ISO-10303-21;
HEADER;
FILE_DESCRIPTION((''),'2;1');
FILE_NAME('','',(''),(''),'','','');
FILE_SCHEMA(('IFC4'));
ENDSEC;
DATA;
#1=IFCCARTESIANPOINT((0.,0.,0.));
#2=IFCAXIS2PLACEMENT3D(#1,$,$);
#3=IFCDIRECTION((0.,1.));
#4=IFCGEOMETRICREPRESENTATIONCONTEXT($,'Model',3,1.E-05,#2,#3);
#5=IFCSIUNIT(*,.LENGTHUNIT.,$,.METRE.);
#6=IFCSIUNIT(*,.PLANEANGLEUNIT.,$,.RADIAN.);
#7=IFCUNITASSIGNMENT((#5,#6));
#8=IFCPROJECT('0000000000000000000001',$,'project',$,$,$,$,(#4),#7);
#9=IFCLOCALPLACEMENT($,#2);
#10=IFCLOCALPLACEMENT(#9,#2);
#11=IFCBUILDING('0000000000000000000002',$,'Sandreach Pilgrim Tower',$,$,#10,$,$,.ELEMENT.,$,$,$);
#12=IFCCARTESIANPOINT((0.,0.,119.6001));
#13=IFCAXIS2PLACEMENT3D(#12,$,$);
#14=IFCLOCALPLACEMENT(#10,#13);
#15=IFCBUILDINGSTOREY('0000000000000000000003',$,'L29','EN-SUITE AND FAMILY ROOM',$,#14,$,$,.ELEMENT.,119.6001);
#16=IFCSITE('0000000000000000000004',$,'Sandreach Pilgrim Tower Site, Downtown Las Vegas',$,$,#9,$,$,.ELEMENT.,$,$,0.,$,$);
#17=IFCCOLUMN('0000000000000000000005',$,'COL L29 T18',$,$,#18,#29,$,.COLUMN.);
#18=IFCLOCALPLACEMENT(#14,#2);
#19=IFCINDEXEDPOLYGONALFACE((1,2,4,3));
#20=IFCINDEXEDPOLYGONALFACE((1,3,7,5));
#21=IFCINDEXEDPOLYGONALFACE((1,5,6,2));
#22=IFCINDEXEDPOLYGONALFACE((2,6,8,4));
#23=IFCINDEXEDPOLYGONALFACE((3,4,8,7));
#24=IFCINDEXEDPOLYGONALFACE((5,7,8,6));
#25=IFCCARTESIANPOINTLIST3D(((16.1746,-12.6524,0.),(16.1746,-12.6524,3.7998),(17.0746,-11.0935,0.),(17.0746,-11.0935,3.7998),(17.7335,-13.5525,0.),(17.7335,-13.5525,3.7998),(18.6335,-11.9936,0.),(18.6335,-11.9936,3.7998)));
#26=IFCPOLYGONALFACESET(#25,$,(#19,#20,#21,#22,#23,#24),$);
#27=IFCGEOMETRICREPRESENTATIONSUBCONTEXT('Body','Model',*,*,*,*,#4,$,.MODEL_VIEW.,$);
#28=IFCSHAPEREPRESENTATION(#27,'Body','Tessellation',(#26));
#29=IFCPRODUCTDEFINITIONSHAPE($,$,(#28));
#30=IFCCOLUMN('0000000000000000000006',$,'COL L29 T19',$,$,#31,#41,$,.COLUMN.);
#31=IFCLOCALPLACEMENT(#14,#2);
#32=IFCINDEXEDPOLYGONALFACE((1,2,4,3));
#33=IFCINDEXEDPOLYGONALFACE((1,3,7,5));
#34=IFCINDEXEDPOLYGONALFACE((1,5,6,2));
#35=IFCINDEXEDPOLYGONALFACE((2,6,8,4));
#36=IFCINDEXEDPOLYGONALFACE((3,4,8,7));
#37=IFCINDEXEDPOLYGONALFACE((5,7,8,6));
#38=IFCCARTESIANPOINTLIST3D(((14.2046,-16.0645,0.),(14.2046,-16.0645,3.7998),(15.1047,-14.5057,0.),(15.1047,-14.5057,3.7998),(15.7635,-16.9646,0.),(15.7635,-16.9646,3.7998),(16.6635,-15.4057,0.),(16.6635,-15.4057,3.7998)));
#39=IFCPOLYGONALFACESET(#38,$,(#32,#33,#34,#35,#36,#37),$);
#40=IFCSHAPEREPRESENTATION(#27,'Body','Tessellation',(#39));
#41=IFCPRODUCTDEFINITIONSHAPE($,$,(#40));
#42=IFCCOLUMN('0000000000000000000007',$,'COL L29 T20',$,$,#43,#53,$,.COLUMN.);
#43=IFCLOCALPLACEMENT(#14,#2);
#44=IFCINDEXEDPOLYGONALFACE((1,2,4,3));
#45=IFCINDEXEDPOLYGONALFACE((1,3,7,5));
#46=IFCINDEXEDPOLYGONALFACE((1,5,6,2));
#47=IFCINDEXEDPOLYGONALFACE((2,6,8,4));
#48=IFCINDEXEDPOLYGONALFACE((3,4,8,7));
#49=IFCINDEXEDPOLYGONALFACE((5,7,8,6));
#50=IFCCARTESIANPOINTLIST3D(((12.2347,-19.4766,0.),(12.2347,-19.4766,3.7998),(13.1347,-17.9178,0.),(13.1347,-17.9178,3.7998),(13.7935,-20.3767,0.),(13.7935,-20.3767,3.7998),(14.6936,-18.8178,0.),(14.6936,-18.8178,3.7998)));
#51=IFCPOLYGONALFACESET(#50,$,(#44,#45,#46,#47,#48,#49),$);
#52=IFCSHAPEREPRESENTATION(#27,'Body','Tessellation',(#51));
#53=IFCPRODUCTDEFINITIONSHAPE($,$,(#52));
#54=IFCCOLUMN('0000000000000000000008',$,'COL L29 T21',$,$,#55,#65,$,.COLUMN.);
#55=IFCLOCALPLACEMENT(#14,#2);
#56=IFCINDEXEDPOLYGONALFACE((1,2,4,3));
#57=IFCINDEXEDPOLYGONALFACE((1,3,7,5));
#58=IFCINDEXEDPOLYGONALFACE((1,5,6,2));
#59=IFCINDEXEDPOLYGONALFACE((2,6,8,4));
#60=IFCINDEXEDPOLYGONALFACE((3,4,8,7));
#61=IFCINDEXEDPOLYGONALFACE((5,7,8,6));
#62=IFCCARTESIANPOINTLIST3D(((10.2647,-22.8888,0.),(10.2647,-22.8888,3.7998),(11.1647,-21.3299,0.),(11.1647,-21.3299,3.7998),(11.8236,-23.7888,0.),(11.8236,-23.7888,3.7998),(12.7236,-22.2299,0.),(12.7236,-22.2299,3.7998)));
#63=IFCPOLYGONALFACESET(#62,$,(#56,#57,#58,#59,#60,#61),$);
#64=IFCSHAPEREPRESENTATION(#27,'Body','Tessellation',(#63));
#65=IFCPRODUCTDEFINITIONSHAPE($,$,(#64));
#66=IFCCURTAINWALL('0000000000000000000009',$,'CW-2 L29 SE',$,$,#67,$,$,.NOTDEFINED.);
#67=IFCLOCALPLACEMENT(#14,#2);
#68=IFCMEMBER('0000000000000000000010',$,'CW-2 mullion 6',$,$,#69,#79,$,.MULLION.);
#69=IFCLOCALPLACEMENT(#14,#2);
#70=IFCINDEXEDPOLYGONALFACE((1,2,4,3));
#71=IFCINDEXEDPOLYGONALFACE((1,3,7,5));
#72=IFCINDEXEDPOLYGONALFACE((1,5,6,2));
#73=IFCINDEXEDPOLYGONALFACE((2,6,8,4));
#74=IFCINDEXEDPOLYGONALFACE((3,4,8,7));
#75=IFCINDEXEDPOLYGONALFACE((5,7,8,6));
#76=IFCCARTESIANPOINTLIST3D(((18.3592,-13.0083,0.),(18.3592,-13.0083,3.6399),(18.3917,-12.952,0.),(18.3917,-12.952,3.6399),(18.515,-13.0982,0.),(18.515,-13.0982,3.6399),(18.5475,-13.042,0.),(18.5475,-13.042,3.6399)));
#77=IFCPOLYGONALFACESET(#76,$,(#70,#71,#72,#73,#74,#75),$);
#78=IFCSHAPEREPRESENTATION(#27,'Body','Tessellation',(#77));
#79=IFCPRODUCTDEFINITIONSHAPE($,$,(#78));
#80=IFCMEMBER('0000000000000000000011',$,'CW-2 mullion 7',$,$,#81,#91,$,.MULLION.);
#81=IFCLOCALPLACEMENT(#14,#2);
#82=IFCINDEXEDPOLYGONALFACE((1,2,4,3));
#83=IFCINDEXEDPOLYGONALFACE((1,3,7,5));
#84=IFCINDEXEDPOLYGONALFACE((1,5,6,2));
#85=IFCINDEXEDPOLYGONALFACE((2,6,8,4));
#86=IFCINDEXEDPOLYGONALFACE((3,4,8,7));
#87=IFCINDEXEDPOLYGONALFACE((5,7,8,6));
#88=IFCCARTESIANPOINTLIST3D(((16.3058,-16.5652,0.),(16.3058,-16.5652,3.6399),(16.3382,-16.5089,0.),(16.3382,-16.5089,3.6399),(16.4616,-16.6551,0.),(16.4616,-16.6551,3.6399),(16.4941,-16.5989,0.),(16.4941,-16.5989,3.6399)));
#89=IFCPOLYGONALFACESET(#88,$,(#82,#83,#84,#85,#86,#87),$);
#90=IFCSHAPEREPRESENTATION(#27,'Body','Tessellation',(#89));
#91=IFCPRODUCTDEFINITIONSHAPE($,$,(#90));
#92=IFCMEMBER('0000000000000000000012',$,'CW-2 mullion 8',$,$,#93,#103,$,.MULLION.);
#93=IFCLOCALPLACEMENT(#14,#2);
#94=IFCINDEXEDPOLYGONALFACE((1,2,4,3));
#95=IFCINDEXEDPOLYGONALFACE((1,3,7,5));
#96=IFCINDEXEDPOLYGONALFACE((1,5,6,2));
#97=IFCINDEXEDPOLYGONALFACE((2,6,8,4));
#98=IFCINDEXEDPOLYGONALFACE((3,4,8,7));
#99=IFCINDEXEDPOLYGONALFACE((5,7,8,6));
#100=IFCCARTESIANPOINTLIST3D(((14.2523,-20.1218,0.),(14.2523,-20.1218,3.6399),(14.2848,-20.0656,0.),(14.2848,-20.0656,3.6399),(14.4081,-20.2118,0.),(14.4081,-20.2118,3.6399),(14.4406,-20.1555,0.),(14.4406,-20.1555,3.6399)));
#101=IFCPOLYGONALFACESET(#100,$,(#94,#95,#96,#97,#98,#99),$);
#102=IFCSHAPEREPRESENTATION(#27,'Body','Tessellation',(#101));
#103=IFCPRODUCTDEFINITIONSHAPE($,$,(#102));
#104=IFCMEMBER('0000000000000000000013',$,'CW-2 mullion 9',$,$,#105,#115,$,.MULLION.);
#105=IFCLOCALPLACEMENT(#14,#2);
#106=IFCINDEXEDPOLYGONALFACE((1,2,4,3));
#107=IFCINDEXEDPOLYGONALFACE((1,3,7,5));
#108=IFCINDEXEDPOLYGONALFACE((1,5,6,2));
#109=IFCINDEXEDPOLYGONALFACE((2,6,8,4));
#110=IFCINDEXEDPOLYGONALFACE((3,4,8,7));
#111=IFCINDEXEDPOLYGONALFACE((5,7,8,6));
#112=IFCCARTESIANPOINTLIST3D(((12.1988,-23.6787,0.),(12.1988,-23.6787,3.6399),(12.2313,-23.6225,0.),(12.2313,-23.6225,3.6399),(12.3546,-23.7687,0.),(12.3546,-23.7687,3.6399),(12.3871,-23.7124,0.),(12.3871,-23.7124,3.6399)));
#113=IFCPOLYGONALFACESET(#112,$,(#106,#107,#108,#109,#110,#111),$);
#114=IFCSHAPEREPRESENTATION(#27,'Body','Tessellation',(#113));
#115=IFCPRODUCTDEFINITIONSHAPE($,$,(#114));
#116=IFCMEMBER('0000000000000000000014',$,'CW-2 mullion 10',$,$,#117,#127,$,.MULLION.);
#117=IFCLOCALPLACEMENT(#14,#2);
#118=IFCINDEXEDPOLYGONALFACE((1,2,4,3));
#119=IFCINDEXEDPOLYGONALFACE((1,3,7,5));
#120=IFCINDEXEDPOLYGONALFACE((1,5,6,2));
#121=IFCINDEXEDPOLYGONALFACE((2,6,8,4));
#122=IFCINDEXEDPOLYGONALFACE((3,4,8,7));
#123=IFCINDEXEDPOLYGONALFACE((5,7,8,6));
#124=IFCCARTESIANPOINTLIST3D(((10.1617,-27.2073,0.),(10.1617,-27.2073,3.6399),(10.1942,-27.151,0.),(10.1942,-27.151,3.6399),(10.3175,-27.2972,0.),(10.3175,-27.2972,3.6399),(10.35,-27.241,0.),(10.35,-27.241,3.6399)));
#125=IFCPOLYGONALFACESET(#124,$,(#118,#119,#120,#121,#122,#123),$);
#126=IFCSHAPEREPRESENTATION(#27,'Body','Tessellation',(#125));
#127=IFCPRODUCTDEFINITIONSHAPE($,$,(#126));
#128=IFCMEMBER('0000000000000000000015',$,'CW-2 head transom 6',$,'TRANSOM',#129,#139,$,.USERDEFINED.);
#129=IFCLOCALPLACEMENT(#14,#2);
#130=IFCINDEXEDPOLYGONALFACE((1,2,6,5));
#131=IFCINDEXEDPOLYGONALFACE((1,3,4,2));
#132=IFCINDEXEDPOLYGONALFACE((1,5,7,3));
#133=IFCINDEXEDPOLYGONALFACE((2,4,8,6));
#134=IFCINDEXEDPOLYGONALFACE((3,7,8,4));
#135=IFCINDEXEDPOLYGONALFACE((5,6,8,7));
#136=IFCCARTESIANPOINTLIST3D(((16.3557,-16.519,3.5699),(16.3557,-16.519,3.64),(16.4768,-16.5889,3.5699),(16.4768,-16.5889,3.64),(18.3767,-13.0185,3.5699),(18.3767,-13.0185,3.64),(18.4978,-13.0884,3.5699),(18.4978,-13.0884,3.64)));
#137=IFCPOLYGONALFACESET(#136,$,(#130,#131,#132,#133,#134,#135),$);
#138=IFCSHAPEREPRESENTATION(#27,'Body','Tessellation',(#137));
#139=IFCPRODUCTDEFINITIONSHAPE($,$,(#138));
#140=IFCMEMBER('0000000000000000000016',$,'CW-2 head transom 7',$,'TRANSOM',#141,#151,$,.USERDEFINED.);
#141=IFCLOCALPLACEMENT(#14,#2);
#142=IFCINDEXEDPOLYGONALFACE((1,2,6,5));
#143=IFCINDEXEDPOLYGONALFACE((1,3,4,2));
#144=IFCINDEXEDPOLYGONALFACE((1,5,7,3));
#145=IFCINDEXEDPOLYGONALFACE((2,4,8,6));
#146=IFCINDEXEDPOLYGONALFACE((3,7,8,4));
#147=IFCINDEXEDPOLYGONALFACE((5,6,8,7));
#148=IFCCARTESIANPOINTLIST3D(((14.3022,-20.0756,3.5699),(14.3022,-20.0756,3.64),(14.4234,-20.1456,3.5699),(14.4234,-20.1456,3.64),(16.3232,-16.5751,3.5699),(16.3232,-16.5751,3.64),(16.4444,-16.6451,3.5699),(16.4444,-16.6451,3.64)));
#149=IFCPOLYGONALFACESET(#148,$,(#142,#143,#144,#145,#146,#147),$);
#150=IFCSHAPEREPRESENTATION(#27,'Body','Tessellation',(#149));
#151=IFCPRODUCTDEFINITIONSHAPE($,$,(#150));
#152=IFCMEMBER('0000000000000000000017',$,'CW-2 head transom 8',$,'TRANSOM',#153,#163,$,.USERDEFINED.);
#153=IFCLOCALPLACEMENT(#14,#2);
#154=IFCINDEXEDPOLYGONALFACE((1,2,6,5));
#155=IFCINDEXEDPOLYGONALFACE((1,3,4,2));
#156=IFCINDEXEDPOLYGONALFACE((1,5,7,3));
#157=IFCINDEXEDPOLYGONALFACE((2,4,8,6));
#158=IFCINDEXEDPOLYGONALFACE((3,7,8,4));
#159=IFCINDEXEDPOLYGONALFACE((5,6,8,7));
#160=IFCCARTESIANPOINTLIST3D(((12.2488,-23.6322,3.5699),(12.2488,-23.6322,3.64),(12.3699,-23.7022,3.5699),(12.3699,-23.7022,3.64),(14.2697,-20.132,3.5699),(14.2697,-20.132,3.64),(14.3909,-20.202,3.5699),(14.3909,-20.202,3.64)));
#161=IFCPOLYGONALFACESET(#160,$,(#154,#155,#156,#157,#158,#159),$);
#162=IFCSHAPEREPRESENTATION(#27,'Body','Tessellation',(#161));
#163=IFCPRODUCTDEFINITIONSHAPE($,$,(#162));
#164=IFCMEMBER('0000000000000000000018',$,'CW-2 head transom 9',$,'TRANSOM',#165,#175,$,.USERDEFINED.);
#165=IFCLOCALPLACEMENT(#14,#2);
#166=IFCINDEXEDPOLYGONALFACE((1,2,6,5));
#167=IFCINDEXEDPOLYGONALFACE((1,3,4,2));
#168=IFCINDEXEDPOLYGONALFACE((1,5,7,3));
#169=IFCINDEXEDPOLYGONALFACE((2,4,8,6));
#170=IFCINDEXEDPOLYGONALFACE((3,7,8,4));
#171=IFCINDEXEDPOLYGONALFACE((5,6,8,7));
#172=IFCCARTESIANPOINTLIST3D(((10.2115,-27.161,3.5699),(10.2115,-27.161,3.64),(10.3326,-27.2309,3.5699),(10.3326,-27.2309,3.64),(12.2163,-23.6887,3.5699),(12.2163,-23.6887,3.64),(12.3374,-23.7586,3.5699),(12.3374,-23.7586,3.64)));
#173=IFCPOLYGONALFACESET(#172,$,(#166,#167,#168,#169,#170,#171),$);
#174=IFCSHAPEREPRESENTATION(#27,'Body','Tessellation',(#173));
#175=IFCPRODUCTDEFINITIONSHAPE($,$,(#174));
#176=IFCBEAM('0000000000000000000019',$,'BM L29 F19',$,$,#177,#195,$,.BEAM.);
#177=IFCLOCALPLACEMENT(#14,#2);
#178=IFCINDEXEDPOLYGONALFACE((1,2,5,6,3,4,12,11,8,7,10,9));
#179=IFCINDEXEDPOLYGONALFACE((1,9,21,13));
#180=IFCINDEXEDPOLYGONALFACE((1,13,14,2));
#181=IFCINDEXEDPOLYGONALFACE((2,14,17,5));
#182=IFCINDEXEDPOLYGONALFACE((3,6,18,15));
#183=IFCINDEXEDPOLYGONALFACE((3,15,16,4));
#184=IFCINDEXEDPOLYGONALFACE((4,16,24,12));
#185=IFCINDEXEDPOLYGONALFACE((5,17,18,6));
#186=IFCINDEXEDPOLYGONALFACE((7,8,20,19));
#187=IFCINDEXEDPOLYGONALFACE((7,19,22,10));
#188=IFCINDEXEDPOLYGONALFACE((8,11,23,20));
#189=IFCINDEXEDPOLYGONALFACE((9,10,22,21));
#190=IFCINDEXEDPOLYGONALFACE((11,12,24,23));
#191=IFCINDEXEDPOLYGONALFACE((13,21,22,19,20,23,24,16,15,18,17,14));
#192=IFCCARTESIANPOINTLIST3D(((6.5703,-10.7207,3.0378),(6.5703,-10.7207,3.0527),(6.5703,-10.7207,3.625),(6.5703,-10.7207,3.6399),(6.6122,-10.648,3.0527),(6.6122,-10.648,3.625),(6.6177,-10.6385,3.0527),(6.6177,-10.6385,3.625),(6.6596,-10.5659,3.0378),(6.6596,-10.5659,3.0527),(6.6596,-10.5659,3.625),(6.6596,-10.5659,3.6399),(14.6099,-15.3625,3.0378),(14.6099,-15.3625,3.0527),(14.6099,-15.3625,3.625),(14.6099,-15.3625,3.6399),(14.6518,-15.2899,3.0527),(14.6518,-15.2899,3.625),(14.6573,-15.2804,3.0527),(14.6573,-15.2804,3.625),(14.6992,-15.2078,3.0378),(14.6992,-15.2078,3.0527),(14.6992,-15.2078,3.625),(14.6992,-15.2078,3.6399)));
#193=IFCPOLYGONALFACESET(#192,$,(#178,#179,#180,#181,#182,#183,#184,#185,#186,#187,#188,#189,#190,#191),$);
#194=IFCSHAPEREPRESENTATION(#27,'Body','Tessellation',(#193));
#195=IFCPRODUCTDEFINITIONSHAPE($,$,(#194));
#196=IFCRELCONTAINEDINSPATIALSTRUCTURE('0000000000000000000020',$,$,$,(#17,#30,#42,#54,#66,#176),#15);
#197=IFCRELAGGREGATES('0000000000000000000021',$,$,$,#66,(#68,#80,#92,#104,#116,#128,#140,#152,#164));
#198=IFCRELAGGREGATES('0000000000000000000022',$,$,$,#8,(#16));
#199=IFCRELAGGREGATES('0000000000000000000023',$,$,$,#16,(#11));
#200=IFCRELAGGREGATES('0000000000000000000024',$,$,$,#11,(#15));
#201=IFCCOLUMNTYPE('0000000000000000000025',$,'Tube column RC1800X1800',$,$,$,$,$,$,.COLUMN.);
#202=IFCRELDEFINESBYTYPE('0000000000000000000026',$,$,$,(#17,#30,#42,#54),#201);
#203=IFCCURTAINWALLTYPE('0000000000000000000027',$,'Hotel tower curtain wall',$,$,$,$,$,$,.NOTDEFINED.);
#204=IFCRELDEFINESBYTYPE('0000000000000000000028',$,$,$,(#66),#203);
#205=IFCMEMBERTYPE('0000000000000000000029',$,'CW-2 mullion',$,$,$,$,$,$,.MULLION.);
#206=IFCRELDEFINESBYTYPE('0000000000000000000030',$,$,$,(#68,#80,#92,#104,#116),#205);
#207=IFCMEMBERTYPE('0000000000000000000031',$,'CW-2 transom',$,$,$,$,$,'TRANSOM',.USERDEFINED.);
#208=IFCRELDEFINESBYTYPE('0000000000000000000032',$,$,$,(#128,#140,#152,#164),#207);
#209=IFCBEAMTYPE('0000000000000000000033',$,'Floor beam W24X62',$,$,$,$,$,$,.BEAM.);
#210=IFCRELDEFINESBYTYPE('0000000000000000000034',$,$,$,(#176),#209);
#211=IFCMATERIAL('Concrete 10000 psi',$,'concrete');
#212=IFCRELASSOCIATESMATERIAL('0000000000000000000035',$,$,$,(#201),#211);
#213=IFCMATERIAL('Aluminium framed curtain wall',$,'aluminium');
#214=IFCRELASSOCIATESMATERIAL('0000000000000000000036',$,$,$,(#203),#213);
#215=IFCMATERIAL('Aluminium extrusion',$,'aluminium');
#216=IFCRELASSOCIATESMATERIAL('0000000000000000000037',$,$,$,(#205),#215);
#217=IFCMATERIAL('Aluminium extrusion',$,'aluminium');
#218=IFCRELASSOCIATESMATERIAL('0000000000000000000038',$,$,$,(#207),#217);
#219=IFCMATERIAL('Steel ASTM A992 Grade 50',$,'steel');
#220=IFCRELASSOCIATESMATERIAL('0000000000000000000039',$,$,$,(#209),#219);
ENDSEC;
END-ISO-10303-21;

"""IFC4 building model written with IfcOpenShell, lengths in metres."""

from ifc_helpers import new_model, si_unit, direction, frame, origin, origin_2d, place, context, subcontext, project, spatial, rectangle, i_section, extrude, material, material_profile, profile_set, type_object, element, aggregate, save


model = new_model("IFC4")

# Units and contexts
model_context = context("Model", 3, precision=1e-05, world=origin(), true_north=direction((0.0, 1.0)))
body_context = subcontext(model_context, "Body", "Model", "MODEL_VIEW")
ifc_project = project(units=[si_unit("LENGTHUNIT", "METRE"), si_unit("PLANEANGLEUNIT", "RADIAN")], contexts=[model_context])

# Site, building, storey
site_placement = place(None, origin())
site = spatial("IfcSite", under=ifc_project, at=site_placement, Name="Sandreach Pilgrim Tower Site, Downtown Las Vegas", CompositionType="ELEMENT", RefElevation=0.0)
building_placement = place(site_placement, origin())
building = spatial("IfcBuilding", under=site, at=building_placement, Name="Sandreach Pilgrim Tower", CompositionType="ELEMENT")
storey_placement = place(building_placement, frame((0.0, 0.0, 119.6001)))
storey = spatial("IfcBuildingStorey", under=building, at=storey_placement, Name="L29", Description="EN-SUITE AND FAMILY ROOM", CompositionType="ELEMENT", Elevation=119.6001)

# Columns
ifc_material_1 = material(Name="Concrete 10000 psi", Category="concrete")
ifc_material_profile_1 = material_profile(ifc_material_1, rectangle(XDim=1.8, YDim=1.8, at=origin_2d()), Name="RC1800X1800")
ifc_profile_set_1 = profile_set([ifc_material_profile_1], Name="Concrete 10000 psi")
column_type = type_object("IfcColumnType", Name="Tube column RC1800X1800", PredefinedType="COLUMN", material=ifc_profile_set_1)
for number, where, z_axis, x_axis, name in (
    (1, (17.4041, -12.323, 0.0), (0.0, 0.0, 1.0), (0.866025, -0.5, 0.0), "COL L29 T18"),
    (2, (15.4341, -15.7351, 0.0), (0.0, 0.0, 1.0), (0.866025, -0.5, 0.0), "COL L29 T19"),
    (3, (13.4641, -19.1472, 0.0), (0.0, 0.0, 1.0), (0.866025, -0.5, 0.0), "COL L29 T20"),
    (4, (11.4941, -22.5593, 0.0), (0.0, 0.0, 1.0), (0.866025, -0.5, 0.0), "COL L29 T21"),
):
    element("IfcColumn", number, at=place(storey_placement, frame(where, z_axis=z_axis, x_axis=x_axis)), inside=storey, type_object=column_type, Name=name, PredefinedType="COLUMN", context=body_context, shape_type="SweptSolid", body=[
        extrude(rectangle(XDim=1.8, YDim=1.8, at=origin_2d()), origin(), (0.0, 0.0, 1.0), 3.7998),
    ])

# Curtain wall, members
ifc_material_2 = material(Name="Aluminium framed curtain wall", Category="aluminium")
curtain_wall_type = type_object("IfcCurtainWallType", Name="Hotel tower curtain wall", PredefinedType="NOTDEFINED", material=ifc_material_2)
curtain_wall_placement = place(storey_placement, origin())
curtain_wall = element("IfcCurtainWall", 5, at=curtain_wall_placement, inside=storey, type_object=curtain_wall_type, Name="CW-2 L29 SE", PredefinedType="NOTDEFINED")
ifc_material_3 = material(Name="Aluminium extrusion", Category="aluminium")
ifc_material_profile_2 = material_profile(ifc_material_3, rectangle(XDim=0.0649, YDim=0.1799, at=origin_2d()), Name="CW-2M 65X180")
ifc_profile_set_2 = profile_set([ifc_material_profile_2], Name="Aluminium extrusion")
member_type_1 = type_object("IfcMemberType", Name="CW-2 mullion", PredefinedType="MULLION", material=ifc_profile_set_2)
member_1_placement = place(storey_placement, frame((18.4534, -13.0251, 0.0), z_axis=(0.0, 0.0, 1.0), x_axis=(-0.5, -0.866025, 0.0)))
member_1 = element("IfcMember", 6, at=member_1_placement, type_object=member_type_1, Name="CW-2 mullion 6", PredefinedType="MULLION", context=body_context, shape_type="SweptSolid", body=[
    extrude(rectangle(XDim=0.0649, YDim=0.1799, at=origin_2d()), origin(), (0.0, 0.0, 1.0), 3.6399),
])
member_2_placement = place(storey_placement, frame((16.3999, -16.582, 0.0), z_axis=(0.0, 0.0, 1.0), x_axis=(-0.5, -0.866025, 0.0)))
member_2 = element("IfcMember", 7, at=member_2_placement, type_object=member_type_1, Name="CW-2 mullion 7", PredefinedType="MULLION", context=body_context, shape_type="SweptSolid", body=[
    extrude(rectangle(XDim=0.0649, YDim=0.1799, at=origin_2d()), origin(), (0.0, 0.0, 1.0), 3.6399),
])
member_3_placement = place(storey_placement, frame((14.3464, -20.1387, 0.0), z_axis=(0.0, 0.0, 1.0), x_axis=(-0.5, -0.866025, 0.0)))
member_3 = element("IfcMember", 8, at=member_3_placement, type_object=member_type_1, Name="CW-2 mullion 8", PredefinedType="MULLION", context=body_context, shape_type="SweptSolid", body=[
    extrude(rectangle(XDim=0.0649, YDim=0.1799, at=origin_2d()), origin(), (0.0, 0.0, 1.0), 3.6399),
])
member_4_placement = place(storey_placement, frame((12.293, -23.6956, 0.0), z_axis=(0.0, 0.0, 1.0), x_axis=(-0.5, -0.866025, 0.0)))
member_4 = element("IfcMember", 9, at=member_4_placement, type_object=member_type_1, Name="CW-2 mullion 9", PredefinedType="MULLION", context=body_context, shape_type="SweptSolid", body=[
    extrude(rectangle(XDim=0.0649, YDim=0.1799, at=origin_2d()), origin(), (0.0, 0.0, 1.0), 3.6399),
])
member_5_placement = place(storey_placement, frame((10.2559, -27.2241, 0.0), z_axis=(0.0, 0.0, 1.0), x_axis=(-0.5, -0.866025, 0.0)))
member_5 = element("IfcMember", 10, at=member_5_placement, type_object=member_type_1, Name="CW-2 mullion 10", PredefinedType="MULLION", context=body_context, shape_type="SweptSolid", body=[
    extrude(rectangle(XDim=0.0649, YDim=0.1799, at=origin_2d()), origin(), (0.0, 0.0, 1.0), 3.6399),
])
ifc_material_4 = material(Name="Aluminium extrusion", Category="aluminium")
ifc_material_profile_3 = material_profile(ifc_material_4, rectangle(XDim=0.1399, YDim=0.0701, at=origin_2d()), Name="CW-2T 140X70")
ifc_profile_set_3 = profile_set([ifc_material_profile_3], Name="Aluminium extrusion")
member_type_2 = type_object("IfcMemberType", Name="CW-2 transom", ElementType="TRANSOM", PredefinedType="USERDEFINED", material=ifc_profile_set_3)
member_6_placement = place(storey_placement, frame((18.4373, -13.0535, 3.605), z_axis=(-0.499998, -0.866027, 0.0), x_axis=(0.866027, -0.499998, 0.0)))
member_6 = element("IfcMember", 11, at=member_6_placement, type_object=member_type_2, Name="CW-2 head transom 6", ObjectType="TRANSOM", PredefinedType="USERDEFINED", context=body_context, shape_type="SweptSolid", body=[
    extrude(rectangle(XDim=0.1399, YDim=0.0701, at=origin_2d()), origin(), (0.0, 0.0, 1.0), 4.042),
])
member_7_placement = place(storey_placement, frame((16.3838, -16.6101, 3.605), z_axis=(-0.499998, -0.866027, 0.0), x_axis=(0.866027, -0.499998, 0.0)))
member_7 = element("IfcMember", 12, at=member_7_placement, type_object=member_type_2, Name="CW-2 head transom 7", ObjectType="TRANSOM", PredefinedType="USERDEFINED", context=body_context, shape_type="SweptSolid", body=[
    extrude(rectangle(XDim=0.1399, YDim=0.0701, at=origin_2d()), origin(), (0.0, 0.0, 1.0), 4.042),
])
member_8_placement = place(storey_placement, frame((14.3303, -20.167, 3.605), z_axis=(-0.500024, -0.866012, 0.0), x_axis=(0.866012, -0.500024, 0.0)))
member_8 = element("IfcMember", 13, at=member_8_placement, type_object=member_type_2, Name="CW-2 head transom 8", ObjectType="TRANSOM", PredefinedType="USERDEFINED", context=body_context, shape_type="SweptSolid", body=[
    extrude(rectangle(XDim=0.1399, YDim=0.0701, at=origin_2d()), origin(), (0.0, 0.0, 1.0), 4.0417),
])
member_9_placement = place(storey_placement, frame((12.2769, -23.7236, 3.605), z_axis=(-0.500016, -0.866016, 0.0), x_axis=(0.866016, -0.500016, 0.0)))
member_9 = element("IfcMember", 14, at=member_9_placement, type_object=member_type_2, Name="CW-2 head transom 9", ObjectType="TRANSOM", PredefinedType="USERDEFINED", context=body_context, shape_type="SweptSolid", body=[
    extrude(rectangle(XDim=0.1399, YDim=0.0701, at=origin_2d()), origin(), (0.0, 0.0, 1.0), 4.0095),
])

# Beam
ifc_material_5 = material(Name="Steel ASTM A992 Grade 50", Category="steel")
ifc_material_profile_4 = material_profile(ifc_material_5, i_section(OverallWidth=0.1787, OverallDepth=0.6021, WebThickness=0.011, FlangeThickness=0.0149, at=origin_2d()), Name="W24X62")
ifc_profile_set_4 = profile_set([ifc_material_profile_4], Name="Steel ASTM A992 Grade 50")
beam_type_1 = type_object("IfcBeamType", Name="Floor beam W24X62", PredefinedType="BEAM", material=ifc_profile_set_4)
beam_1_placement = place(storey_placement, frame((14.6545, -15.2852, 3.3389), z_axis=(-0.866016, 0.500017, 0.0), x_axis=(-0.500017, -0.866016, 0.0)))
element("IfcBeam", 15, at=beam_1_placement, inside=storey, type_object=beam_type_1, Name="BM L29 F19", PredefinedType="BEAM", context=body_context, shape_type="SweptSolid", body=[
    extrude(i_section(OverallWidth=0.1787, OverallDepth=0.6021, WebThickness=0.011, FlangeThickness=0.0149, at=origin_2d()), origin(), (0.0, 0.0, 1.0), 9.2834),
])

aggregate(curtain_wall, [member_1, member_2, member_3, member_4, member_5, member_6, member_7, member_8, member_9])

save(model, "model.ifc")
